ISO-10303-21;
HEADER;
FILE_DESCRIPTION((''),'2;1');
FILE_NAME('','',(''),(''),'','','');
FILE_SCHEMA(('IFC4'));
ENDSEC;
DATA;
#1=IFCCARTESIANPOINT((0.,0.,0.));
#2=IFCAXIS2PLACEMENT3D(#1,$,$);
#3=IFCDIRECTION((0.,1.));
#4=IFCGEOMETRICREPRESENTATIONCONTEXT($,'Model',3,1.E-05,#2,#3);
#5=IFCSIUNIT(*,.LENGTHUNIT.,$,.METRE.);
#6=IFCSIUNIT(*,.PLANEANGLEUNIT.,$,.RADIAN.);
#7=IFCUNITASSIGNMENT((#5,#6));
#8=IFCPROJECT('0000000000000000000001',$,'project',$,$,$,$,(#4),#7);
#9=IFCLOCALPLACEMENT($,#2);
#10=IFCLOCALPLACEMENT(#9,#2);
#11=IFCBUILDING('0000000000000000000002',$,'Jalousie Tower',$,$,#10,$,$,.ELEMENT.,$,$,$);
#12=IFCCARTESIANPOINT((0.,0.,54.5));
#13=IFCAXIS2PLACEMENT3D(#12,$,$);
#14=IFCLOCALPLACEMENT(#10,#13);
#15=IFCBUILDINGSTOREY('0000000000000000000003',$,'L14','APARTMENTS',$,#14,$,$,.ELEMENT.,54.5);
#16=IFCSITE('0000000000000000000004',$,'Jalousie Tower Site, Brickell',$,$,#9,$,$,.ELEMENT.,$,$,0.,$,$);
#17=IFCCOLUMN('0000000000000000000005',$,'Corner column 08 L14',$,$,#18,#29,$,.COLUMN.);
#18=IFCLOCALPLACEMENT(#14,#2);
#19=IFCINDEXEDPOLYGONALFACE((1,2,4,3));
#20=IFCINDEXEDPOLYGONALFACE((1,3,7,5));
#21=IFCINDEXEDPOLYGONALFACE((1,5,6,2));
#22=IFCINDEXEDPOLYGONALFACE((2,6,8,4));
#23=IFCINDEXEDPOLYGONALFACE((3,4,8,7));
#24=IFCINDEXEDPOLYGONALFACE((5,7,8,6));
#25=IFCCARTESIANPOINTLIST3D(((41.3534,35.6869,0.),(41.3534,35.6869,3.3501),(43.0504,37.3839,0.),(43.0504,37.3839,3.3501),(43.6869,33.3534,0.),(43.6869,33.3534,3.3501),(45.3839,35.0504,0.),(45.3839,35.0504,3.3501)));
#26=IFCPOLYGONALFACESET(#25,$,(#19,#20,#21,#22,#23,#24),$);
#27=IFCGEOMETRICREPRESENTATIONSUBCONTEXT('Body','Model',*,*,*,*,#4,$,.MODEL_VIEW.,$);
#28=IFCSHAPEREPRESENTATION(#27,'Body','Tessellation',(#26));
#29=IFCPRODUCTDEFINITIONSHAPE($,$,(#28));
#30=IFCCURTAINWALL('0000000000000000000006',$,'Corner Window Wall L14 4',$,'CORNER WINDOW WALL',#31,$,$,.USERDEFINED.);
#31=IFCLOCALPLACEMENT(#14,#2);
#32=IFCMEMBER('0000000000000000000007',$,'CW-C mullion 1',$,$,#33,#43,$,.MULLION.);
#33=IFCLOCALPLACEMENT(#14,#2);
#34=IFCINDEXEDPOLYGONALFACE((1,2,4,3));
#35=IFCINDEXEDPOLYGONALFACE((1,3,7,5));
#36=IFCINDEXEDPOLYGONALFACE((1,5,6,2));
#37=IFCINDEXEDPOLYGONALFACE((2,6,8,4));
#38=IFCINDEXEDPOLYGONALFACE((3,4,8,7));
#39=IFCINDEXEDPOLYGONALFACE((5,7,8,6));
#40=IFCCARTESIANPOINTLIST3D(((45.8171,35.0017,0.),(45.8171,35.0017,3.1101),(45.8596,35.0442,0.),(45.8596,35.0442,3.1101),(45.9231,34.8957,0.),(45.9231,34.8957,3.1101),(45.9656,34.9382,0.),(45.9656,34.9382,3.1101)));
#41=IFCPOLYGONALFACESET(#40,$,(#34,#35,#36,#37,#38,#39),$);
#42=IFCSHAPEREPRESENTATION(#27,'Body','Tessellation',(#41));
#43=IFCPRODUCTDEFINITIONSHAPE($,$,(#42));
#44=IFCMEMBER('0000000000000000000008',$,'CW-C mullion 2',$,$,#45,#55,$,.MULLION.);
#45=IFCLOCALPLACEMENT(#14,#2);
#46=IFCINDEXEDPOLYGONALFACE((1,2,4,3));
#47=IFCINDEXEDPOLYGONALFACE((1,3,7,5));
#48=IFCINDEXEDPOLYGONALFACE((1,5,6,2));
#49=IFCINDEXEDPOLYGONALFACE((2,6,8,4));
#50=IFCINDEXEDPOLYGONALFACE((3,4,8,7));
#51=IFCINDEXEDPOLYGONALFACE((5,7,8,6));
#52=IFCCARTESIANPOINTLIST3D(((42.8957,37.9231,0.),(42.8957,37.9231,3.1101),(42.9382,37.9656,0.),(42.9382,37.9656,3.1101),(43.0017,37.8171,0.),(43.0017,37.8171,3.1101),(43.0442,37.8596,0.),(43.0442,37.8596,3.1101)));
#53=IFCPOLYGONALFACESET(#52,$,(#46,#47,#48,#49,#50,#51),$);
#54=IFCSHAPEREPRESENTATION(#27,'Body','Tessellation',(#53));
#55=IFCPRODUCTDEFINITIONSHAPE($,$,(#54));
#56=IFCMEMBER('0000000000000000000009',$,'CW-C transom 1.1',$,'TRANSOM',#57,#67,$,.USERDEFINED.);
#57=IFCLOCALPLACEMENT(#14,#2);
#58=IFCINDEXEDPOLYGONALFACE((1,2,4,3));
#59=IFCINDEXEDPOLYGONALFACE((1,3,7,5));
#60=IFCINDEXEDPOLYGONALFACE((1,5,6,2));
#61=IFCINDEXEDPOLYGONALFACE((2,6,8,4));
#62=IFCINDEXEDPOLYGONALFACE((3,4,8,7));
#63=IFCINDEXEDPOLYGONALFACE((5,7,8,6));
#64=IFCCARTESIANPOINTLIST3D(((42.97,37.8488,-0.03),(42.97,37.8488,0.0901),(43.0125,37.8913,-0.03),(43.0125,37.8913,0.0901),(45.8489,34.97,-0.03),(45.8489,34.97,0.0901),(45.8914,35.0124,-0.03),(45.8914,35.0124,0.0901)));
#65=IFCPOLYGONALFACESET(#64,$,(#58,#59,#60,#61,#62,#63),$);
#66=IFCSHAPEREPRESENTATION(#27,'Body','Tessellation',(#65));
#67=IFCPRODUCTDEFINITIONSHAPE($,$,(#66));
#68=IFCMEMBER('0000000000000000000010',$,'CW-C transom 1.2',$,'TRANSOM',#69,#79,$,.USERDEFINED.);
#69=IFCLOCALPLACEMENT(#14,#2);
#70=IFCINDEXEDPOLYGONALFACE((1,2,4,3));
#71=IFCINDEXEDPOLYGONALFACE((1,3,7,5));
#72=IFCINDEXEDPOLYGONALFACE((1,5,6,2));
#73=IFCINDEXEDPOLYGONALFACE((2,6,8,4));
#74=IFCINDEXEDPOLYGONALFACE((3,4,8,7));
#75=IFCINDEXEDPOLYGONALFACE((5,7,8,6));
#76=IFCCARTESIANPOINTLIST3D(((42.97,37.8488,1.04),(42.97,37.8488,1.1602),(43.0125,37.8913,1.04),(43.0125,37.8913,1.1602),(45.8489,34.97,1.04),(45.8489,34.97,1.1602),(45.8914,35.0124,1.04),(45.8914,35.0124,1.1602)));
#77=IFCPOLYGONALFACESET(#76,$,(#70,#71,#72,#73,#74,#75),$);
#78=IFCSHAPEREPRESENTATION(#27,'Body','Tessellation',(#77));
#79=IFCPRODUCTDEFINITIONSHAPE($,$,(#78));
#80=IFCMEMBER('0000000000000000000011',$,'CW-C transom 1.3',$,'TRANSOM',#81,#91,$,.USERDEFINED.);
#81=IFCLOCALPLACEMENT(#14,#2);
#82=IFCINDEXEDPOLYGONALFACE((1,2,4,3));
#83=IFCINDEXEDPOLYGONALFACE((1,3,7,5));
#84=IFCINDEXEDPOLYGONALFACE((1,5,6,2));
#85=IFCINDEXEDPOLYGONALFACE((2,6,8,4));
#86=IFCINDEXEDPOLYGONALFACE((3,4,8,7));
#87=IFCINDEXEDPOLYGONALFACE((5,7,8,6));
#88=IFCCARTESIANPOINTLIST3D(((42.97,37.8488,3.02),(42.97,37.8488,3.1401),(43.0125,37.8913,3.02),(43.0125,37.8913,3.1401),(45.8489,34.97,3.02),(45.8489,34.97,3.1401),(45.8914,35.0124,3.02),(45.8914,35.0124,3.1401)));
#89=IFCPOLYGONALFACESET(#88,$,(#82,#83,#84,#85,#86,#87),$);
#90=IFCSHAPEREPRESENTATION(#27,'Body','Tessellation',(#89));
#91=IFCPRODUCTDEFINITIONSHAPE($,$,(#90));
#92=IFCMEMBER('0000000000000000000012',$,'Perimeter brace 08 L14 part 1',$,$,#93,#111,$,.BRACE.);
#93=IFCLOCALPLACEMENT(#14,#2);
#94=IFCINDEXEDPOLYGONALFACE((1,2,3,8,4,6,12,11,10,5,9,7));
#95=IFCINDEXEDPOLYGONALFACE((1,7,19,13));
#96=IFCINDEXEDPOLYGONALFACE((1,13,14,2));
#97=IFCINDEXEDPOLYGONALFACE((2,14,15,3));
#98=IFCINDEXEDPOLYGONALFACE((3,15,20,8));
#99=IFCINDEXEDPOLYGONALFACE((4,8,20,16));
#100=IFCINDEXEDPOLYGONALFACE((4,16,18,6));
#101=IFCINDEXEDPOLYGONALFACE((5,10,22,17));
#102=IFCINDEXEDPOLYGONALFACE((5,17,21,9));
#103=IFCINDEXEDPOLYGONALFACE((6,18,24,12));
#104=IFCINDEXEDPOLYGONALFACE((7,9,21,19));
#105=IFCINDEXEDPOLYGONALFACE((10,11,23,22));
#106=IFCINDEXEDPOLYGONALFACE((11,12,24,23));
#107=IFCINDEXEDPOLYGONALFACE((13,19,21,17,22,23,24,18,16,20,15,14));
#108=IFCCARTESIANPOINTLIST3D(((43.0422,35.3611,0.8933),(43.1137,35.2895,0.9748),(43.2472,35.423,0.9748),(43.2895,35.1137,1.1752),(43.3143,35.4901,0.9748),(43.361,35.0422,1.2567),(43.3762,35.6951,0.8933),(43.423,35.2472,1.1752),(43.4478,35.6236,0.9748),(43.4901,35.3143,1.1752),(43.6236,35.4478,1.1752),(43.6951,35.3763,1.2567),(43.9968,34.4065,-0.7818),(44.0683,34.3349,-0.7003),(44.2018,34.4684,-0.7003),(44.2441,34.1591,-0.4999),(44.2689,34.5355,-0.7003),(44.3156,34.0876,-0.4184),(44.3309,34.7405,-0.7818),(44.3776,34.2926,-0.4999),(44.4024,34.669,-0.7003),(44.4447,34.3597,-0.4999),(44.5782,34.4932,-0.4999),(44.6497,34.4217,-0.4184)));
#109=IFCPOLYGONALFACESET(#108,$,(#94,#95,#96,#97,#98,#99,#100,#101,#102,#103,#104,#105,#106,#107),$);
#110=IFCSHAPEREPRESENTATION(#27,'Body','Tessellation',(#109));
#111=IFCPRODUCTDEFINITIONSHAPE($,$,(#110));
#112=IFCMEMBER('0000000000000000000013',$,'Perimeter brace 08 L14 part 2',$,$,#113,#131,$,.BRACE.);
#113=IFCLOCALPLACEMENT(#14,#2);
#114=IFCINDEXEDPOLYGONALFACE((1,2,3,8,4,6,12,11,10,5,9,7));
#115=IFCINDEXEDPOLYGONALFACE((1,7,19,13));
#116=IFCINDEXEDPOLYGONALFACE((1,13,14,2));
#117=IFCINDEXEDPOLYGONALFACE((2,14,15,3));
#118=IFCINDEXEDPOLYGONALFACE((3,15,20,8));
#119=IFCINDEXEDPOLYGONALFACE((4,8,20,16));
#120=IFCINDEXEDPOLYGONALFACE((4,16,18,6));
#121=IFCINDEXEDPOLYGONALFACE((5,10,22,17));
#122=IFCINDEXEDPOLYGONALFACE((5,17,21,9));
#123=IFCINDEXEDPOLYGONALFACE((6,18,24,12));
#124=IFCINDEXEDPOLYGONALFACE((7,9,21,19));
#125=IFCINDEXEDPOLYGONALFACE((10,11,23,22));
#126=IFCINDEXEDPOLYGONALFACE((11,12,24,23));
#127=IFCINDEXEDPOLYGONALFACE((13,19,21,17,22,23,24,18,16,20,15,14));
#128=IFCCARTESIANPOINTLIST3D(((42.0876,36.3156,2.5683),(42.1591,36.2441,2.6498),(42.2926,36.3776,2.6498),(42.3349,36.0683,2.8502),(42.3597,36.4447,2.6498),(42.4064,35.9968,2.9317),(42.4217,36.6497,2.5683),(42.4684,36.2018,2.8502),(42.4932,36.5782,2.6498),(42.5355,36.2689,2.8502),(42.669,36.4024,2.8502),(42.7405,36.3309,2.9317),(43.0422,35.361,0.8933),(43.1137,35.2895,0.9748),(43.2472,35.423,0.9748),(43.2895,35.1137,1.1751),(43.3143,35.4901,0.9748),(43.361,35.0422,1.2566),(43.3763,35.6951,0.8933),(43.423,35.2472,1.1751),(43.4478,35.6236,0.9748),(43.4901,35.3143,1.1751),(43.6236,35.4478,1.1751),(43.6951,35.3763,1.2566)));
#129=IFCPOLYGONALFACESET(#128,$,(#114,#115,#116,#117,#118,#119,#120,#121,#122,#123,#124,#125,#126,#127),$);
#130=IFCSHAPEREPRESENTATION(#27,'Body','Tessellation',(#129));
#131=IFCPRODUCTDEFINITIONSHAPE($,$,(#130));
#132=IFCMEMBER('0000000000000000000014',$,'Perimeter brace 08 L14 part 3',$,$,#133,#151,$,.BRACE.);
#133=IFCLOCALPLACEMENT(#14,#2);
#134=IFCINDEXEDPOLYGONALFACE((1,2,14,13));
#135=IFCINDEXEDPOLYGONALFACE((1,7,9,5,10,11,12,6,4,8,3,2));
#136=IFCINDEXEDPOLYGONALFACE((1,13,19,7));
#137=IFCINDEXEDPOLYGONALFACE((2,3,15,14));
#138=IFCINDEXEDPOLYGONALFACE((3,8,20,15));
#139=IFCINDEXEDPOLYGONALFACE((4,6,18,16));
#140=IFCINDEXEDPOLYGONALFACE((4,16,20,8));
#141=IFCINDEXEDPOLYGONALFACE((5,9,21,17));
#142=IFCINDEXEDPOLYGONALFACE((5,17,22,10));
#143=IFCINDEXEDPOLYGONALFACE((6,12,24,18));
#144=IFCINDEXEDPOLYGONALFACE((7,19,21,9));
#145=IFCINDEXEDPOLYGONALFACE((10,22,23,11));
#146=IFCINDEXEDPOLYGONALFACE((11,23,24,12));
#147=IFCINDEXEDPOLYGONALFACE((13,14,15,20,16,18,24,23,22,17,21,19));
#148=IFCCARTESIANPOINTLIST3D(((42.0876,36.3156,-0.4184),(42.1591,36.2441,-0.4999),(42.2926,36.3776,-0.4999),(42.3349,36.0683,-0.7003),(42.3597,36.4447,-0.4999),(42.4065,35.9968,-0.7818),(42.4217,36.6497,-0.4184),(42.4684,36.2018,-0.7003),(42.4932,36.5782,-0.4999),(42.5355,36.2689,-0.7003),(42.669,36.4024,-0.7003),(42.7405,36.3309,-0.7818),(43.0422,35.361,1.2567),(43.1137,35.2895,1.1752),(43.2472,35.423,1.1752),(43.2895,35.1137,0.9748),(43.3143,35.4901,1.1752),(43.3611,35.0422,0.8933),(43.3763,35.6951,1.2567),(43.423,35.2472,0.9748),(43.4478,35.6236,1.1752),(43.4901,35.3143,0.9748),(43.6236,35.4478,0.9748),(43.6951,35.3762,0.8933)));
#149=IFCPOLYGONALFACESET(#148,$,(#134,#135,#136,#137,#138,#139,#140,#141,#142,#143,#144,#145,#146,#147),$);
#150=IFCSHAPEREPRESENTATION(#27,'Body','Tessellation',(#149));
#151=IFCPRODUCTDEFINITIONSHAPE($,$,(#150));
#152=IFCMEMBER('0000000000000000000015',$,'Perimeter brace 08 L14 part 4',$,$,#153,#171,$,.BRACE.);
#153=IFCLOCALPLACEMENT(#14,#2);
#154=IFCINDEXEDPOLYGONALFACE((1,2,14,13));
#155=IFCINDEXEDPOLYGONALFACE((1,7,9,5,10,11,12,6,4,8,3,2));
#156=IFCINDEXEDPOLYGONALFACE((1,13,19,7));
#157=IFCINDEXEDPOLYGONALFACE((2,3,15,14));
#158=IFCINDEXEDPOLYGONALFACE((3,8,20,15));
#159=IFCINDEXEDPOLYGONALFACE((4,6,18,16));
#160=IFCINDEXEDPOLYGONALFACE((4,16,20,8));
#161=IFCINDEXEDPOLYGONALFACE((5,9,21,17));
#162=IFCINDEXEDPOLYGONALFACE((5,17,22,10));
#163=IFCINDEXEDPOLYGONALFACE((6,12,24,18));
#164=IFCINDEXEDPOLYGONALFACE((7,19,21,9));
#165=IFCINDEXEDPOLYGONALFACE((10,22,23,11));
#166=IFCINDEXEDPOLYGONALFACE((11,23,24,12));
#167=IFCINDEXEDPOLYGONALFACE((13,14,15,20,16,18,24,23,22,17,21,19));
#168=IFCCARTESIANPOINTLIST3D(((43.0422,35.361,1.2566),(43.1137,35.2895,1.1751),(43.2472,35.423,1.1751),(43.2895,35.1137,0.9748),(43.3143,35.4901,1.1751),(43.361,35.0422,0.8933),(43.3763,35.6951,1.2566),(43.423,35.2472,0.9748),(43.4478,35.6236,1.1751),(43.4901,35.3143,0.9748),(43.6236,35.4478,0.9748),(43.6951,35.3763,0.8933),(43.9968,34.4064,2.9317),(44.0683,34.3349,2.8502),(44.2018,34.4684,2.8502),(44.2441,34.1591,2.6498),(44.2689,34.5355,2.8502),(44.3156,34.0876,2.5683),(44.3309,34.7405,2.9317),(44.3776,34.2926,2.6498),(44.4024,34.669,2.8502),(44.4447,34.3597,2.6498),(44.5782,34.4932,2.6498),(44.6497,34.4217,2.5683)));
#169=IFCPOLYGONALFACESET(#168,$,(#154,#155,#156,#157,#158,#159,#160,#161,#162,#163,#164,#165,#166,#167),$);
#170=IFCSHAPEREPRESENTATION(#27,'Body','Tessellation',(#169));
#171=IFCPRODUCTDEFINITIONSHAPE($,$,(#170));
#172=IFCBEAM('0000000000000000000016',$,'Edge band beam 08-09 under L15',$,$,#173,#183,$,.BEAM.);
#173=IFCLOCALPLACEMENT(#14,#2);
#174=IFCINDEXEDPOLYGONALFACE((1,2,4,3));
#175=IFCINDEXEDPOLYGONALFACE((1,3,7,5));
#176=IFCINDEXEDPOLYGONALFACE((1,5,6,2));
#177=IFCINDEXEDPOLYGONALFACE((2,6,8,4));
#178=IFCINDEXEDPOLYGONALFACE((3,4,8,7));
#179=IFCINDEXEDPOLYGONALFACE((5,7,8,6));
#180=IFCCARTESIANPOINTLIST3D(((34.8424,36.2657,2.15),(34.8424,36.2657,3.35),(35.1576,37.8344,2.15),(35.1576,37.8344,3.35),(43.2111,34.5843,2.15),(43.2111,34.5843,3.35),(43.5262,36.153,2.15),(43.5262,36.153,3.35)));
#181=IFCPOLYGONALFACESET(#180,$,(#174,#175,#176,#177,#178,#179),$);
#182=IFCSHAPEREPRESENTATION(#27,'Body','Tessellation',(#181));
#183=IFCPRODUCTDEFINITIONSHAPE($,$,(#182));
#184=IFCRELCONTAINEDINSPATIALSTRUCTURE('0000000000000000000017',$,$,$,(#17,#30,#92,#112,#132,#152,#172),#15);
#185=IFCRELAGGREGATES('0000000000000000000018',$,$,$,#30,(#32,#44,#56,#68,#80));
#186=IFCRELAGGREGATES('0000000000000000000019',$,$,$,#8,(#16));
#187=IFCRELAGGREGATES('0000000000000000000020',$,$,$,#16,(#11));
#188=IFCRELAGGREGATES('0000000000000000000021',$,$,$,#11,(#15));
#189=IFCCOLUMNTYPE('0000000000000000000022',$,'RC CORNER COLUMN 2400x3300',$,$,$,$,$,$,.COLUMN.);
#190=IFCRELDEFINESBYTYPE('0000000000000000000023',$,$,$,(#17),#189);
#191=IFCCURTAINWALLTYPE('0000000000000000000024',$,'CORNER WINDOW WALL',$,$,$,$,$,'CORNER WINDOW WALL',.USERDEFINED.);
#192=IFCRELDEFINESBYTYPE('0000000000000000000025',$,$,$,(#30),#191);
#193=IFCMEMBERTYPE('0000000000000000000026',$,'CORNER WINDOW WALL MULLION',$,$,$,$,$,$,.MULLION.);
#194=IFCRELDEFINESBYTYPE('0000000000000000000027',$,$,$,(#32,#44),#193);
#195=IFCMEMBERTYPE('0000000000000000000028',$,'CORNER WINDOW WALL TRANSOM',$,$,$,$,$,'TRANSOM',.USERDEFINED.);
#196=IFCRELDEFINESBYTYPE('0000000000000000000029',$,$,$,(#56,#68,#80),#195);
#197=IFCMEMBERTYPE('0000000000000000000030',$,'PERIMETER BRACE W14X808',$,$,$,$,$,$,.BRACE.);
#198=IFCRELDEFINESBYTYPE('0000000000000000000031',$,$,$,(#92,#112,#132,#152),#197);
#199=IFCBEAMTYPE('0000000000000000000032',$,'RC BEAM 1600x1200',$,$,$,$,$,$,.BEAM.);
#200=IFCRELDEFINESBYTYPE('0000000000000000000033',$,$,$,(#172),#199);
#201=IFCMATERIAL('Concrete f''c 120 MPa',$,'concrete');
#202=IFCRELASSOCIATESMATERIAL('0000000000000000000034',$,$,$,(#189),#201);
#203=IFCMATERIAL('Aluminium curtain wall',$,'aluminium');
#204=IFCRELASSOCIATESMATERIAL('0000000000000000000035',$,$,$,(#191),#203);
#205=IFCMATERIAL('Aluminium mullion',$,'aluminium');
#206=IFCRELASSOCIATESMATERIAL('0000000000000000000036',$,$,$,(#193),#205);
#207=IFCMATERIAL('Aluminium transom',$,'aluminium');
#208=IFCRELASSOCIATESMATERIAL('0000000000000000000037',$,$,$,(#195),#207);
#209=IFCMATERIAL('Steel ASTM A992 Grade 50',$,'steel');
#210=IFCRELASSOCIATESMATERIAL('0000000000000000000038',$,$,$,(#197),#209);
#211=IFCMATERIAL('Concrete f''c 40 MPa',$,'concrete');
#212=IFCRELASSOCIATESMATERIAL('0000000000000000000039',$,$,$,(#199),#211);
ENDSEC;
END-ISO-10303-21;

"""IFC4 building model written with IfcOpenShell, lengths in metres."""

from ifc_helpers import new_model, si_unit, direction, frame, origin, origin_2d, place, context, subcontext, project, spatial, rectangle, i_section, extrude, material, material_profile, profile_set, type_object, element, aggregate, save


model = new_model("IFC4")

# Units and contexts
model_context = context("Model", 3, precision=1e-05, world=origin(), true_north=direction((0.0, 1.0)))
body_context = subcontext(model_context, "Body", "Model", "MODEL_VIEW")
ifc_project = project(units=[si_unit("LENGTHUNIT", "METRE"), si_unit("PLANEANGLEUNIT", "RADIAN")], contexts=[model_context])

# Site, building, storey
site_placement = place(None, origin())
site = spatial("IfcSite", under=ifc_project, at=site_placement, Name="Jalousie Tower Site, Brickell", CompositionType="ELEMENT", RefElevation=0.0)
building_placement = place(site_placement, origin())
building = spatial("IfcBuilding", under=site, at=building_placement, Name="Jalousie Tower", CompositionType="ELEMENT")
storey_placement = place(building_placement, frame((0.0, 0.0, 54.5)))
storey = spatial("IfcBuildingStorey", under=building, at=storey_placement, Name="L14", Description="APARTMENTS", CompositionType="ELEMENT", Elevation=54.5)

# Column
ifc_material_1 = material(Name="Concrete f'c 120 MPa", Category="concrete")
ifc_material_profile_1 = material_profile(ifc_material_1, rectangle(XDim=2.3999, YDim=3.3, at=origin_2d()), Name="RC 2400x3300")
ifc_profile_set_1 = profile_set([ifc_material_profile_1], Name="Concrete f'c 120 MPa")
column_type = type_object("IfcColumnType", Name="RC CORNER COLUMN 2400x3300", PredefinedType="COLUMN", material=ifc_profile_set_1)
column_placement = place(storey_placement, frame((43.3687, 35.3687, 0.0), z_axis=(0.0, 0.0, 1.0), x_axis=(-0.707107, -0.707107, 0.0)))
element("IfcColumn", 1, at=column_placement, inside=storey, type_object=column_type, Name="Corner column 08 L14", PredefinedType="COLUMN", context=body_context, shape_type="SweptSolid", body=[
    extrude(rectangle(XDim=2.3999, YDim=3.3, at=origin_2d()), origin(), (0.0, 0.0, 1.0), 3.3501),
])

# Curtain wall, members
ifc_material_2 = material(Name="Aluminium curtain wall", Category="aluminium")
curtain_wall_type_1 = type_object("IfcCurtainWallType", Name="CORNER WINDOW WALL", ElementType="CORNER WINDOW WALL", PredefinedType="USERDEFINED", material=ifc_material_2)
curtain_wall_1_placement = place(storey_placement, origin())
curtain_wall_1 = element("IfcCurtainWall", 2, at=curtain_wall_1_placement, inside=storey, type_object=curtain_wall_type_1, Name="Corner Window Wall L14 4", ObjectType="CORNER WINDOW WALL", PredefinedType="USERDEFINED")
ifc_material_3 = material(Name="Aluminium mullion", Category="aluminium")
ifc_material_profile_2 = material_profile(ifc_material_3, rectangle(XDim=0.0601, YDim=0.1499, at=origin_2d()), Name="MULLION 60x150")
ifc_profile_set_2 = profile_set([ifc_material_profile_2], Name="Aluminium mullion")
member_type_1 = type_object("IfcMemberType", Name="CORNER WINDOW WALL MULLION", PredefinedType="MULLION", material=ifc_profile_set_2)
member_1_placement = place(storey_placement, frame((45.8914, 34.97, 0.0), z_axis=(0.0, 0.0, 1.0), x_axis=(-0.707107, -0.707107, 0.0)))
member_1 = element("IfcMember", 3, at=member_1_placement, type_object=member_type_1, Name="CW-C mullion 1", PredefinedType="MULLION", context=body_context, shape_type="SweptSolid", body=[
    extrude(rectangle(XDim=0.0601, YDim=0.1499, at=origin_2d()), origin(), (0.0, 0.0, 1.0), 3.1101),
])
member_2_placement = place(storey_placement, frame((42.97, 37.8914, 0.0), z_axis=(0.0, 0.0, 1.0), x_axis=(-0.707107, -0.707107, 0.0)))
member_2 = element("IfcMember", 4, at=member_2_placement, type_object=member_type_1, Name="CW-C mullion 2", PredefinedType="MULLION", context=body_context, shape_type="SweptSolid", body=[
    extrude(rectangle(XDim=0.0601, YDim=0.1499, at=origin_2d()), origin(), (0.0, 0.0, 1.0), 3.1101),
])
ifc_material_4 = material(Name="Aluminium transom", Category="aluminium")
ifc_material_profile_3 = material_profile(ifc_material_4, rectangle(XDim=0.0601, YDim=0.1201, at=origin_2d()), Name="TRANSOM 60x120")
ifc_profile_set_3 = profile_set([ifc_material_profile_3], Name="Aluminium transom")
member_type_2 = type_object("IfcMemberType", Name="CORNER WINDOW WALL TRANSOM", ElementType="TRANSOM", PredefinedType="USERDEFINED", material=ifc_profile_set_3)
member_3_placement = place(storey_placement, frame((45.8701, 34.9912, 0.03), z_axis=(-0.707107, 0.707107, 0.0), x_axis=(-0.707107, -0.707107, 0.0)))
member_3 = element("IfcMember", 5, at=member_3_placement, type_object=member_type_2, Name="CW-C transom 1.1", ObjectType="TRANSOM", PredefinedType="USERDEFINED", context=body_context, shape_type="SweptSolid", body=[
    extrude(rectangle(XDim=0.0601, YDim=0.1201, at=origin_2d()), origin(), (0.0, 0.0, 1.0), 4.0713),
])
member_4_placement = place(storey_placement, frame((45.8701, 34.9912, 1.1001), z_axis=(-0.707107, 0.707107, 0.0), x_axis=(-0.707107, -0.707107, 0.0)))
member_4 = element("IfcMember", 6, at=member_4_placement, type_object=member_type_2, Name="CW-C transom 1.2", ObjectType="TRANSOM", PredefinedType="USERDEFINED", context=body_context, shape_type="SweptSolid", body=[
    extrude(rectangle(XDim=0.0601, YDim=0.1201, at=origin_2d()), origin(), (0.0, 0.0, 1.0), 4.0713),
])
member_5_placement = place(storey_placement, frame((45.8701, 34.9912, 3.0801), z_axis=(-0.707107, 0.707107, 0.0), x_axis=(-0.707107, -0.707107, 0.0)))
member_5 = element("IfcMember", 7, at=member_5_placement, type_object=member_type_2, Name="CW-C transom 1.3", ObjectType="TRANSOM", PredefinedType="USERDEFINED", context=body_context, shape_type="SweptSolid", body=[
    extrude(rectangle(XDim=0.0601, YDim=0.1201, at=origin_2d()), origin(), (0.0, 0.0, 1.0), 4.0713),
])

# Members
ifc_material_5 = material(Name="Steel ASTM A992 Grade 50", Category="steel")
ifc_material_profile_4 = material_profile(ifc_material_5, i_section(OverallWidth=0.4724, OverallDepth=0.5791, WebThickness=0.095, FlangeThickness=0.1299, at=origin_2d()), Name="W14X808")
ifc_profile_set_4 = profile_set([ifc_material_profile_4], Name="Steel ASTM A992 Grade 50")
member_type_3 = type_object("IfcMemberType", Name="PERIMETER BRACE W14X808", PredefinedType="BRACE", material=ifc_profile_set_4)
for number, where, z_axis, x_axis, name in (
    (8, (44.3232, 34.4141, -0.6001), (-0.443718, 0.443718, 0.778607), (-0.707107, -0.707107, 0.0), "Perimeter brace 08 L14 part 1"),
    (9, (43.3687, 35.3687, 1.075), (-0.443718, 0.443718, 0.778607), (-0.707107, -0.707107, 0.0), "Perimeter brace 08 L14 part 2"),
    (10, (42.4141, 36.3232, -0.6001), (0.443718, -0.443718, 0.778607), (0.707107, 0.707107, 0.0), "Perimeter brace 08 L14 part 3"),
    (11, (43.3687, 35.3687, 1.075), (0.443718, -0.443718, 0.778607), (0.707107, 0.707107, 0.0), "Perimeter brace 08 L14 part 4"),
):
    element("IfcMember", number, at=place(storey_placement, frame(where, z_axis=z_axis, x_axis=x_axis)), inside=storey, type_object=member_type_3, Name=name, PredefinedType="BRACE", context=body_context, shape_type="SweptSolid", body=[
        extrude(i_section(OverallWidth=0.4724, OverallDepth=0.5791, WebThickness=0.095, FlangeThickness=0.1299, at=origin_2d()), origin(), (0.0, 0.0, 1.0), 2.1514),
    ])

# Beam
ifc_material_6 = material(Name="Concrete f'c 40 MPa", Category="concrete")
ifc_material_profile_5 = material_profile(ifc_material_6, rectangle(XDim=1.6001, YDim=1.2, at=origin_2d()), Name="RC 1600x1200")
ifc_profile_set_5 = profile_set([ifc_material_profile_5], Name="Concrete f'c 40 MPa")
beam_type_1 = type_object("IfcBeamType", Name="RC BEAM 1600x1200", PredefinedType="BEAM", material=ifc_profile_set_5)
beam_1_placement = place(storey_placement, frame((43.3687, 35.3687, 2.75), z_axis=(-0.980408, 0.19698, 0.0), x_axis=(-0.19698, -0.980408, 0.0)))
element("IfcBeam", 12, at=beam_1_placement, inside=storey, type_object=beam_type_1, Name="Edge band beam 08-09 under L15", PredefinedType="BEAM", context=body_context, shape_type="SweptSolid", body=[
    extrude(rectangle(XDim=1.6001, YDim=1.2, at=origin_2d()), origin(), (0.0, 0.0, 1.0), 8.5359),
])

aggregate(curtain_wall_1, [member_1, member_2, member_3, member_4, member_5])

save(model, "model.ifc")
